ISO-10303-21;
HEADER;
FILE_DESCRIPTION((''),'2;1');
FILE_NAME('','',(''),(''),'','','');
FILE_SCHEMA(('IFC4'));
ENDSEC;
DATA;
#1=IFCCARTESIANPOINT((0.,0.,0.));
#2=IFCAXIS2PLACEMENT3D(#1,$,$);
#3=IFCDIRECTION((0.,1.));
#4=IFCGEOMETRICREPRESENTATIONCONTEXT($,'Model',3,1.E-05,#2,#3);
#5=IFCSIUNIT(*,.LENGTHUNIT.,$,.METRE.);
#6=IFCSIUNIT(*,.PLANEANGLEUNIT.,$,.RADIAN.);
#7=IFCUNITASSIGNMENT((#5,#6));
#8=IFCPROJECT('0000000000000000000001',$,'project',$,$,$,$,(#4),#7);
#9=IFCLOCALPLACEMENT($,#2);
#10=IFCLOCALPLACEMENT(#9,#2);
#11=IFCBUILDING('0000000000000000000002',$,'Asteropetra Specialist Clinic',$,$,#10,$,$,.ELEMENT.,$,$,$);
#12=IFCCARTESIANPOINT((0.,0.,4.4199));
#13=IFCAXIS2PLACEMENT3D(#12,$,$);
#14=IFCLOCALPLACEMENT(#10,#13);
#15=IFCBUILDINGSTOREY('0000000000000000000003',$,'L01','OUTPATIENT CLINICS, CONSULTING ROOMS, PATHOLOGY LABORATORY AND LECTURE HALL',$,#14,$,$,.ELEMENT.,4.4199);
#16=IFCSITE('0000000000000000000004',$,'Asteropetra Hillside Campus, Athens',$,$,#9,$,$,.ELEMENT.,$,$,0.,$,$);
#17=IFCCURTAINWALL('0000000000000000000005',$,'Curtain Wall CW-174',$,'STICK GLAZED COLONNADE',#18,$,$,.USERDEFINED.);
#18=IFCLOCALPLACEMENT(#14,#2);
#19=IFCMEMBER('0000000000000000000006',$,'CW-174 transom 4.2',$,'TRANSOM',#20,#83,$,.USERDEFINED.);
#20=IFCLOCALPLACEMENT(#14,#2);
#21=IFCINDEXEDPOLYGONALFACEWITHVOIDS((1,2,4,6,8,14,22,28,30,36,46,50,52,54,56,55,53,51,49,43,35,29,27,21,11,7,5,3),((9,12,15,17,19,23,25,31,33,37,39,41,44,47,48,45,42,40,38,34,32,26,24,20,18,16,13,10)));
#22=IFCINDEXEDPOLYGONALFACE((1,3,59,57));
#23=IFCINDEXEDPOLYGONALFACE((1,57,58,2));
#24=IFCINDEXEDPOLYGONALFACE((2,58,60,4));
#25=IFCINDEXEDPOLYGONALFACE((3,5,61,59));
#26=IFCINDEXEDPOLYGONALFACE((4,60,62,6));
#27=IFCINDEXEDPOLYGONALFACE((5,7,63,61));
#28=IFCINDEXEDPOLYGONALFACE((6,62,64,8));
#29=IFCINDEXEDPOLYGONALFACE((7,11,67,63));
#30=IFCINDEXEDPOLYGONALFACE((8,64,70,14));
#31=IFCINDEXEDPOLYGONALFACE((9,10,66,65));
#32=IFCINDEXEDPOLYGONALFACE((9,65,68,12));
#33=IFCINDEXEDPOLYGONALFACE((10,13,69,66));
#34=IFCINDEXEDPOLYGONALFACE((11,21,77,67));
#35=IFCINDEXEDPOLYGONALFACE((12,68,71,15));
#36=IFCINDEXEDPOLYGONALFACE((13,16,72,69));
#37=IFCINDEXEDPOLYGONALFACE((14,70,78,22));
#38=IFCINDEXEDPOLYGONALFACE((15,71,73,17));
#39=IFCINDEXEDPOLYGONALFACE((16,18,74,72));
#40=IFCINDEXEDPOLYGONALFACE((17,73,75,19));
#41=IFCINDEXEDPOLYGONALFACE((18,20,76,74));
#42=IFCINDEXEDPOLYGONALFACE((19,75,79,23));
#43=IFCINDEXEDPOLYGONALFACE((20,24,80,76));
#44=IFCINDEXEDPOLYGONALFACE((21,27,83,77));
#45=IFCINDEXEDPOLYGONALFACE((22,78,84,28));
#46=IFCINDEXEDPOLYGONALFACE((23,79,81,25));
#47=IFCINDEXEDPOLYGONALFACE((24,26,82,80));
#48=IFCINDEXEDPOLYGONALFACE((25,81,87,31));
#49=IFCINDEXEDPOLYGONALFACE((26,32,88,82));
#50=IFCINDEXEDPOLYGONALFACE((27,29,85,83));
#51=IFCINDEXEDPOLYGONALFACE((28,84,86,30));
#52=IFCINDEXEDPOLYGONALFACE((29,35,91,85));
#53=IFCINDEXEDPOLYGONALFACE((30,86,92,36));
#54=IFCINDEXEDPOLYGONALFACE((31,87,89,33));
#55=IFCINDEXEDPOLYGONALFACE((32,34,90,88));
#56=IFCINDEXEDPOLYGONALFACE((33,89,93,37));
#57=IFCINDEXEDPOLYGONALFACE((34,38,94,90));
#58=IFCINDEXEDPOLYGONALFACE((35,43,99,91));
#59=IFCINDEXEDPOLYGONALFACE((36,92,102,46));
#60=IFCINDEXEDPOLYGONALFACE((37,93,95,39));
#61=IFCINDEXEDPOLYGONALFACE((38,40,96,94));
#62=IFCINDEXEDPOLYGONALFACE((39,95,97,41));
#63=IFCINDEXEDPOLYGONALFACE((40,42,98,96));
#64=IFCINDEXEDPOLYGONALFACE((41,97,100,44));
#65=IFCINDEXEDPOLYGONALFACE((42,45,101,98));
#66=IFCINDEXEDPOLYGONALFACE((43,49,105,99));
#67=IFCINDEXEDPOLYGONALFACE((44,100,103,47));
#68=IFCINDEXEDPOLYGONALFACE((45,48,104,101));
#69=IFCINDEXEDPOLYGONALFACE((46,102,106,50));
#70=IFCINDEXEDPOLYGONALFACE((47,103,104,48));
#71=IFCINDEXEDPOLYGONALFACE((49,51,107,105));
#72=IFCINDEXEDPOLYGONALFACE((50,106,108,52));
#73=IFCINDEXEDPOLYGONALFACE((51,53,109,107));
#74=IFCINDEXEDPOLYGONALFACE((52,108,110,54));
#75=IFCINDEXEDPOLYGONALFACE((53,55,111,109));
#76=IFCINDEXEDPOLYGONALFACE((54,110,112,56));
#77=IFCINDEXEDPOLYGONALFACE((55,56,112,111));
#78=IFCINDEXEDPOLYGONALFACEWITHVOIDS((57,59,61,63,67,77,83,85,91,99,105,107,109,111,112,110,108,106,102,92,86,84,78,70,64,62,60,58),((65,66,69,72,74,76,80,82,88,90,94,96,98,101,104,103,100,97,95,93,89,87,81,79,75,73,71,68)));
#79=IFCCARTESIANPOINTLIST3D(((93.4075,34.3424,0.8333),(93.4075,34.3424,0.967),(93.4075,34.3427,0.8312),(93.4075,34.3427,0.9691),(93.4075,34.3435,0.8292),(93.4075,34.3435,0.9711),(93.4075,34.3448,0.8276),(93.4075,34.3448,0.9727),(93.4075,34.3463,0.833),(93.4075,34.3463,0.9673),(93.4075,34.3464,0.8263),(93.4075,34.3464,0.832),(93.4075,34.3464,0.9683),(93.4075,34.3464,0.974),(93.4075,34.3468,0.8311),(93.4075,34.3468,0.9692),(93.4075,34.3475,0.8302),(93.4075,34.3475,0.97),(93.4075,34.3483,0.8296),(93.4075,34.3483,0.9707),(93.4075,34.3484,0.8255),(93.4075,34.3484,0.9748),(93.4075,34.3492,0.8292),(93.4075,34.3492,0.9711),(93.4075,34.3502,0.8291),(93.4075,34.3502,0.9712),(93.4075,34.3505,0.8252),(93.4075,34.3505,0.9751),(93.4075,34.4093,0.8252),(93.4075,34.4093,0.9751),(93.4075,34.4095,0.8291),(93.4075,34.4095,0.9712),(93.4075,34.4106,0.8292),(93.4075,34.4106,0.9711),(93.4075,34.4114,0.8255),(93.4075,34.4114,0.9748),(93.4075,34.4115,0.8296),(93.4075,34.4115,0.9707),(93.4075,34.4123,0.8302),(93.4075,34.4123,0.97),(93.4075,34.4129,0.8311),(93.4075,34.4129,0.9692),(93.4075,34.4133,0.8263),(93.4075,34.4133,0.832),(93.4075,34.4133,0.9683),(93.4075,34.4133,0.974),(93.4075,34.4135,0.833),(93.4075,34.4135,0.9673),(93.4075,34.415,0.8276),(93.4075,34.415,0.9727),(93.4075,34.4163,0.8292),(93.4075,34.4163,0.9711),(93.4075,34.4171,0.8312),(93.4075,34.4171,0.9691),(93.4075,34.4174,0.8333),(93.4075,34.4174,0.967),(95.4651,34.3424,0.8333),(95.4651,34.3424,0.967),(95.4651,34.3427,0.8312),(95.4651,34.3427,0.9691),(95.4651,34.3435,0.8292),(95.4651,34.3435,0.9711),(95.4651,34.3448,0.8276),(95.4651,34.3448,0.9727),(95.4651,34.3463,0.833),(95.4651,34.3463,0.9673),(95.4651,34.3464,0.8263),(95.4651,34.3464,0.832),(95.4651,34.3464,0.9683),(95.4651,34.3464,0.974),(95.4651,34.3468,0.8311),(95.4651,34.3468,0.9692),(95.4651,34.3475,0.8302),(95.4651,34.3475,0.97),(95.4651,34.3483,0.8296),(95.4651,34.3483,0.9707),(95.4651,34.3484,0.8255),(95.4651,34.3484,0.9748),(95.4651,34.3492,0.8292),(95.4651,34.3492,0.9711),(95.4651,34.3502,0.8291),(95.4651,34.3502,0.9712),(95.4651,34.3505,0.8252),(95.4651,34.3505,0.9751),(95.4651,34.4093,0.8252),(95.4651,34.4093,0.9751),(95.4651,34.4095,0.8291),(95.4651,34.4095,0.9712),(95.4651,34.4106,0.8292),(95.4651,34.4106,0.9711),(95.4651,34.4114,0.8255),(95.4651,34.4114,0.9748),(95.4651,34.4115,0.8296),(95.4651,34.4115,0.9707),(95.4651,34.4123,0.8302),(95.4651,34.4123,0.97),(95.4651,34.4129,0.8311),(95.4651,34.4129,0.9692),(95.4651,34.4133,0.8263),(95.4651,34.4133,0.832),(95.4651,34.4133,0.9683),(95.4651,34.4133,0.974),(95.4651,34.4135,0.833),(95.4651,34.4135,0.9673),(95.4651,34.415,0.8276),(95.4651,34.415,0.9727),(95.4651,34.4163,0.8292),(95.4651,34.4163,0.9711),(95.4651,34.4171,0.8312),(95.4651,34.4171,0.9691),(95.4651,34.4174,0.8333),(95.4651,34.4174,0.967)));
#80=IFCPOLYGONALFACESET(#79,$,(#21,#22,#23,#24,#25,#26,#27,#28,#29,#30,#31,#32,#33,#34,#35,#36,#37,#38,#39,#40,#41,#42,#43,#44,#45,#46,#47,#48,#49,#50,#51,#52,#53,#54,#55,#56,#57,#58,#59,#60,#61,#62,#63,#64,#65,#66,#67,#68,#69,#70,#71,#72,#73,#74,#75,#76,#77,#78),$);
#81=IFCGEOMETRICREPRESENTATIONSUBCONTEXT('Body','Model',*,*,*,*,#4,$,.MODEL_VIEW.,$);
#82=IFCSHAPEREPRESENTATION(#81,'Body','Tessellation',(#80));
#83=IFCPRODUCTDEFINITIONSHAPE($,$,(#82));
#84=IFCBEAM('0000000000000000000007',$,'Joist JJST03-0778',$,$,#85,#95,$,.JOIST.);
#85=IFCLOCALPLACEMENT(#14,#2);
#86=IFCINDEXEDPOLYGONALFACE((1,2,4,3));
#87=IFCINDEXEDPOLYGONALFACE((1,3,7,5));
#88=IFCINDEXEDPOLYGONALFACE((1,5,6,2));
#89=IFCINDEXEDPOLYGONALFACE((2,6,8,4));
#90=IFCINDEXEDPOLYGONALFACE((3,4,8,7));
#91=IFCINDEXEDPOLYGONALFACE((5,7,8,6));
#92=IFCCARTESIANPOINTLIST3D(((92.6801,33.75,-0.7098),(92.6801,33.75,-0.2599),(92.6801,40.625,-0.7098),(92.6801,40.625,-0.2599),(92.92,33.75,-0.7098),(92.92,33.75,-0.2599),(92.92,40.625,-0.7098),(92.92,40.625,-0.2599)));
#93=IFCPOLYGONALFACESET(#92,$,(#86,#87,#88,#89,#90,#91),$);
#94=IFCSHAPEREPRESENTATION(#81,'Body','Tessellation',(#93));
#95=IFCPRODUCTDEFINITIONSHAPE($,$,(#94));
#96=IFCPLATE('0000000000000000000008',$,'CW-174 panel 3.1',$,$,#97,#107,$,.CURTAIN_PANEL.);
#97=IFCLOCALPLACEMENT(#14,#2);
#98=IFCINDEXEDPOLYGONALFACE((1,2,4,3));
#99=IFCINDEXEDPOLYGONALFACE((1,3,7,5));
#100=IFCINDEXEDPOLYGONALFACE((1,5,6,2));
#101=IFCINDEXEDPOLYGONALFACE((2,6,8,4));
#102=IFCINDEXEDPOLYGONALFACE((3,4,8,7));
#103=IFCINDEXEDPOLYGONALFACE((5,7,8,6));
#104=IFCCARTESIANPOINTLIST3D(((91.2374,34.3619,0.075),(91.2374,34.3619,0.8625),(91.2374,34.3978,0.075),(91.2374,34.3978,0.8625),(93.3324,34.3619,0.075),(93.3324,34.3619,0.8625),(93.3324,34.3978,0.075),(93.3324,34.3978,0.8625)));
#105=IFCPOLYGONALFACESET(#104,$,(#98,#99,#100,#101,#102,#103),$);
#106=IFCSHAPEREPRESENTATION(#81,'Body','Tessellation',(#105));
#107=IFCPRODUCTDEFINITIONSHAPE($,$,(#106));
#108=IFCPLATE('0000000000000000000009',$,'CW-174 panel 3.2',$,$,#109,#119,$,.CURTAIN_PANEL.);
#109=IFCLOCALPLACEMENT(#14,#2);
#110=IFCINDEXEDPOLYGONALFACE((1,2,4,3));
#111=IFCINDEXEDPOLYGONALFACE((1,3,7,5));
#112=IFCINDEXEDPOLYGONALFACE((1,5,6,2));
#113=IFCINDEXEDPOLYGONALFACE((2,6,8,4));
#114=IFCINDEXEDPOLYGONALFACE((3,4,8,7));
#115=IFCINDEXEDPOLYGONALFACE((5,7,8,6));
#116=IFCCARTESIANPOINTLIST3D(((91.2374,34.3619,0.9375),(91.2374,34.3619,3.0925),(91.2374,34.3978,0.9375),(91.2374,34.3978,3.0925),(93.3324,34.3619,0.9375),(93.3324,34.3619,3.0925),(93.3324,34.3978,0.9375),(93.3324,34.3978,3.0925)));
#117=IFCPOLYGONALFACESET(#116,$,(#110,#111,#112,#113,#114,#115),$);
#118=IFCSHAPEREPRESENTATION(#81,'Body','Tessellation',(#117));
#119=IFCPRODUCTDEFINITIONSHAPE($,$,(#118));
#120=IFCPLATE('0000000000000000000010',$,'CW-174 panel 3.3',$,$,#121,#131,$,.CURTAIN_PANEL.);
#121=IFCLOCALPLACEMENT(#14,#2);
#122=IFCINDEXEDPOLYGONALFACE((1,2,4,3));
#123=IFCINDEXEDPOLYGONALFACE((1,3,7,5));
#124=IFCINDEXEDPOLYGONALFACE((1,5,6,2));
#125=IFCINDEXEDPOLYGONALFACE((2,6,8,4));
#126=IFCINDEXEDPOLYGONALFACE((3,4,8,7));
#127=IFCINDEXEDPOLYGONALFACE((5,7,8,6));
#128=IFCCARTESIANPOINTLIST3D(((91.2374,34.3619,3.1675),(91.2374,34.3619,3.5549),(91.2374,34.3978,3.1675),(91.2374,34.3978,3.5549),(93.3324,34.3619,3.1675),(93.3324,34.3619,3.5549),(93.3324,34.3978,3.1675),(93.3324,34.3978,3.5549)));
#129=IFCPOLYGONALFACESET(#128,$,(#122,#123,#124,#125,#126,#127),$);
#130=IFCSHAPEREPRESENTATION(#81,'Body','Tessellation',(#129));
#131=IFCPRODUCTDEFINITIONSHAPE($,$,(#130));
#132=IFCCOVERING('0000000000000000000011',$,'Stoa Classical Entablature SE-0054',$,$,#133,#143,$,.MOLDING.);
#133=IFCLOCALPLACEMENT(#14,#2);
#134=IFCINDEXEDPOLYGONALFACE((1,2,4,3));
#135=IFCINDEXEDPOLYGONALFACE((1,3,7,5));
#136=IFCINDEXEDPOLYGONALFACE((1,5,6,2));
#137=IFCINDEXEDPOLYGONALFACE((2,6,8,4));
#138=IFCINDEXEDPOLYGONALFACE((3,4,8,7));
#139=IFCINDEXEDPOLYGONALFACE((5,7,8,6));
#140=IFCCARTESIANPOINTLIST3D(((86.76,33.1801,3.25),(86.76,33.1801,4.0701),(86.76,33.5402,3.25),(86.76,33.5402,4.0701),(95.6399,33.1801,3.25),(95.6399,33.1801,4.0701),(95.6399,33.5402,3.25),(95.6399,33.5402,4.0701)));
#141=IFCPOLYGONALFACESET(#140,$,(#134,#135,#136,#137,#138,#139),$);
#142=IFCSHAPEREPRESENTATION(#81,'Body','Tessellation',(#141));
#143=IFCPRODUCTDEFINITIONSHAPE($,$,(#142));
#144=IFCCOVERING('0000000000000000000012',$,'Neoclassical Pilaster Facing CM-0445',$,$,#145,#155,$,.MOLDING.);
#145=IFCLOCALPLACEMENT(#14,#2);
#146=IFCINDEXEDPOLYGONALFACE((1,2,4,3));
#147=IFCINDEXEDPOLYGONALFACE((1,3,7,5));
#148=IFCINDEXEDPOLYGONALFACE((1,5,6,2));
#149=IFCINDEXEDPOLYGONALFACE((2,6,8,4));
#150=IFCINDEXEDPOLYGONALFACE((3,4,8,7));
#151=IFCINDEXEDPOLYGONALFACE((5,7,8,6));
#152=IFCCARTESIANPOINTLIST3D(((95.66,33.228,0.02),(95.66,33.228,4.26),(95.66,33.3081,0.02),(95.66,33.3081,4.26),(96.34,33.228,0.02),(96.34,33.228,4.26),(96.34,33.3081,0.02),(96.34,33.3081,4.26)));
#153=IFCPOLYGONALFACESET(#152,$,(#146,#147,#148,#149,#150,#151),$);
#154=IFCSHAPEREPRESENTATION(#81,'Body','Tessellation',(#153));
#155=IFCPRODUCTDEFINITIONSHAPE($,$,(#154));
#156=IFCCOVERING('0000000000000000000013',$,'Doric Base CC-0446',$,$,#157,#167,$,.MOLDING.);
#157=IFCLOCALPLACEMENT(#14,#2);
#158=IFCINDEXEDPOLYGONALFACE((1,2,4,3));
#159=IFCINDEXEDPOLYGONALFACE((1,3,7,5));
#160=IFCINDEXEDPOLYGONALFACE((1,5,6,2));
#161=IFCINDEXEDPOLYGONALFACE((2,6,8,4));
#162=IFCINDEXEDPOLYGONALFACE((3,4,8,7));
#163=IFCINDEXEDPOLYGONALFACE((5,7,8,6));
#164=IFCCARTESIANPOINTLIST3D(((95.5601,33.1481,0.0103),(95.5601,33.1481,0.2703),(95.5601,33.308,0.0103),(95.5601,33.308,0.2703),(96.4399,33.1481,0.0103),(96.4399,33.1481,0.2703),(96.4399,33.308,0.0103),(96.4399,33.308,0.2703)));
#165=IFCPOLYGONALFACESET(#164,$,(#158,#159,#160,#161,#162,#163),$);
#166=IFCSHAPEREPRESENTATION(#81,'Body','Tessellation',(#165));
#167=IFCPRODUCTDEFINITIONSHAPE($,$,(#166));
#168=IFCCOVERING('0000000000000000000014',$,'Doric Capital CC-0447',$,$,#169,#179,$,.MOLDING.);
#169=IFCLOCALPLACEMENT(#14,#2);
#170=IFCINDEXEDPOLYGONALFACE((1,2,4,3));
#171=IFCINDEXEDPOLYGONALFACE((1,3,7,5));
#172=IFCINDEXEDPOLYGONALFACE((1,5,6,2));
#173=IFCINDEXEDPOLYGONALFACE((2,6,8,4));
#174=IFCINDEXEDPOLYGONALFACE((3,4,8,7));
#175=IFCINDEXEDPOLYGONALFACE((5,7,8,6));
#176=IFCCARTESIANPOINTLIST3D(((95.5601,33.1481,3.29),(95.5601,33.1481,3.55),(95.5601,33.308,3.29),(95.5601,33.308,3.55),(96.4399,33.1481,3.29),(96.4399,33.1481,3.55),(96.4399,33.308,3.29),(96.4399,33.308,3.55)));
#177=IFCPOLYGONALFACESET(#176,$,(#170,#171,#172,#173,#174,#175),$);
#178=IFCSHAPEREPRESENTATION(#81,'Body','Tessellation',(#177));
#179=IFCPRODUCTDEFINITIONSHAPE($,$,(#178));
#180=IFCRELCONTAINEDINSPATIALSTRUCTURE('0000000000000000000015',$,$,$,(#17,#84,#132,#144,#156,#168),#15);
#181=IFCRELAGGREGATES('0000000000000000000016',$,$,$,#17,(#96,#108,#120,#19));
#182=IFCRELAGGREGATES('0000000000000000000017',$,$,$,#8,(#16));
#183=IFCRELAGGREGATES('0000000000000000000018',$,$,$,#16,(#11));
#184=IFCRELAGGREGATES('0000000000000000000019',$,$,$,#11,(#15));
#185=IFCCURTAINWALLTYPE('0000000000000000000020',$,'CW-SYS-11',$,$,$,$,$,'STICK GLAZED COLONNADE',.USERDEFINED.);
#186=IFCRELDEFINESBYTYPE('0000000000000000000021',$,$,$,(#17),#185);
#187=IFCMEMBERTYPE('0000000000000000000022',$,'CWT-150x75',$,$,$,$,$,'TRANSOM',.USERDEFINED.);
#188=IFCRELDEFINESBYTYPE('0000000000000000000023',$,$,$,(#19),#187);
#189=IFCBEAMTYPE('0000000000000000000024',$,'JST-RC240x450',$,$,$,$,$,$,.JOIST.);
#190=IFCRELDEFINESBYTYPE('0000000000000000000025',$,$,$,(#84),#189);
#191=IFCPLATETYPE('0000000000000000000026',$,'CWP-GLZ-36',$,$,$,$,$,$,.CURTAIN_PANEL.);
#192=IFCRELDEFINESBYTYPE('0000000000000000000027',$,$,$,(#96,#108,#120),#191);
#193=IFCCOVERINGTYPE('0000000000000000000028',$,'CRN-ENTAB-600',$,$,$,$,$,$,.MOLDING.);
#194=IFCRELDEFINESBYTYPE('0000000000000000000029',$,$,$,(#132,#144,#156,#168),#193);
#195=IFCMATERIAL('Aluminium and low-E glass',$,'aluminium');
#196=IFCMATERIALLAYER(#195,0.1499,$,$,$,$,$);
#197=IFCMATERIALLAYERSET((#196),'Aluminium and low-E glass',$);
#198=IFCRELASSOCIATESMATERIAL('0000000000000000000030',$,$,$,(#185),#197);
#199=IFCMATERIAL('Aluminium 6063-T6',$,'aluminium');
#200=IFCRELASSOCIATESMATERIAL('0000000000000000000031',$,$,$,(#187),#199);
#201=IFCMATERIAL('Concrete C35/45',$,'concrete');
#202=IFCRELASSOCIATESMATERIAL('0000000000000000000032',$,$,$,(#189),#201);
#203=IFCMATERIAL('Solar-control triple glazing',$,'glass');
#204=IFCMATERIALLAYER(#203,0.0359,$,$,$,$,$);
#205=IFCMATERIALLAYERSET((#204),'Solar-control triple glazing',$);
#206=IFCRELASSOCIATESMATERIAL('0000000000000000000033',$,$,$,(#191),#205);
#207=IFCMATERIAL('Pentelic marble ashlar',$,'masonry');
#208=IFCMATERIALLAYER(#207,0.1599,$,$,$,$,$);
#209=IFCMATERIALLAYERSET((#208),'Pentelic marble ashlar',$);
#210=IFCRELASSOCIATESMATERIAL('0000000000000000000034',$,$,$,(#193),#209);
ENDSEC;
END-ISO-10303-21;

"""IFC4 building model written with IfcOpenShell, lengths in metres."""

from ifc_helpers import new_model, si_unit, direction, frame, origin, origin_2d, place, context, subcontext, project, spatial, rectangle, hollow_rectangle, extrude, material, layer, layer_set, material_profile, profile_set, type_object, element, aggregate, save


model = new_model("IFC4")

# Units and contexts
model_context = context("Model", 3, precision=1e-05, world=origin(), true_north=direction((0.0, 1.0)))
body_context = subcontext(model_context, "Body", "Model", "MODEL_VIEW")
ifc_project = project(units=[si_unit("LENGTHUNIT", "METRE"), si_unit("PLANEANGLEUNIT", "RADIAN")], contexts=[model_context])

# Site, building, storey
site_placement = place(None, origin())
site = spatial("IfcSite", under=ifc_project, at=site_placement, Name="Asteropetra Hillside Campus, Athens", CompositionType="ELEMENT", RefElevation=0.0)
building_placement = place(site_placement, origin())
building = spatial("IfcBuilding", under=site, at=building_placement, Name="Asteropetra Specialist Clinic", CompositionType="ELEMENT")
storey_placement = place(building_placement, frame((0.0, 0.0, 4.4199)))
storey = spatial("IfcBuildingStorey", under=building, at=storey_placement, Name="L01", Description="OUTPATIENT CLINICS, CONSULTING ROOMS, PATHOLOGY LABORATORY AND LECTURE HALL", CompositionType="ELEMENT", Elevation=4.4199)

# Shared definitions
ifc_material_1 = material(Name="Aluminium and low-E glass", Category="aluminium")
ifc_layer_1 = layer(ifc_material_1, 0.1499)
ifc_layer_set_1 = layer_set([ifc_layer_1], Name="Aluminium and low-E glass")
curtain_wall_type = type_object("IfcCurtainWallType", Name="CW-SYS-11", ElementType="STICK GLAZED COLONNADE", PredefinedType="USERDEFINED", material=ifc_layer_set_1)

# Curtain wall
curtain_wall_1_placement = place(storey_placement, origin())
curtain_wall_1 = element("IfcCurtainWall", 1, at=curtain_wall_1_placement, inside=storey, type_object=curtain_wall_type, Name="Curtain Wall CW-174", ObjectType="STICK GLAZED COLONNADE", PredefinedType="USERDEFINED")

# Member
ifc_material_2 = material(Name="Aluminium 6063-T6", Category="aluminium")
ifc_material_profile_1 = material_profile(ifc_material_2, hollow_rectangle(XDim=0.075, YDim=0.1499, WallThickness=0.0039, InnerFilletRadius=0.0039, OuterFilletRadius=0.0081, at=origin_2d()), Name="TRN 150x75x4.0")
ifc_profile_set_1 = profile_set([ifc_material_profile_1], Name="Aluminium 6063-T6")
member_type_1 = type_object("IfcMemberType", Name="CWT-150x75", ElementType="TRANSOM", PredefinedType="USERDEFINED", material=ifc_profile_set_1)
member_1_placement = place(storey_placement, frame((93.4075, 34.3799, 0.9001), z_axis=(1.0, 0.0, 0.0), x_axis=(0.0, 1.0, 0.0)))
member_1 = element("IfcMember", 2, at=member_1_placement, type_object=member_type_1, Name="CW-174 transom 4.2", ObjectType="TRANSOM", PredefinedType="USERDEFINED", context=body_context, shape_type="SweptSolid", body=[
    extrude(hollow_rectangle(XDim=0.075, YDim=0.1499, WallThickness=0.0039, InnerFilletRadius=0.0039, OuterFilletRadius=0.0081, at=origin_2d()), origin(), (0.0, 0.0, 1.0), 2.0576),
])

# Beam
ifc_material_3 = material(Name="Concrete C35/45", Category="concrete")
ifc_material_profile_2 = material_profile(ifc_material_3, rectangle(XDim=0.24, YDim=0.45, at=origin_2d()), Name="RCJ 240x450")
ifc_profile_set_2 = profile_set([ifc_material_profile_2], Name="Concrete C35/45")
beam_type = type_object("IfcBeamType", Name="JST-RC240x450", PredefinedType="JOIST", material=ifc_profile_set_2)
beam_placement = place(storey_placement, frame((92.8, 33.75, -0.4849), z_axis=(0.0, 1.0, 0.0), x_axis=(-1.0, 0.0, 0.0)))
element("IfcBeam", 3, at=beam_placement, inside=storey, type_object=beam_type, Name="Joist JJST03-0778", PredefinedType="JOIST", context=body_context, shape_type="SweptSolid", body=[
    extrude(rectangle(XDim=0.24, YDim=0.45, at=origin_2d()), origin(), (0.0, 0.0, 1.0), 6.875),
])

# Plates
ifc_material_4 = material(Name="Solar-control triple glazing", Category="glass")
ifc_layer_2 = layer(ifc_material_4, 0.0359)
ifc_layer_set_2 = layer_set([ifc_layer_2], Name="Solar-control triple glazing")
plate_type = type_object("IfcPlateType", Name="CWP-GLZ-36", PredefinedType="CURTAIN_PANEL", material=ifc_layer_set_2)
plate_1_placement = place(storey_placement, frame((92.2849, 34.3799, 0.075), z_axis=(0.0, 0.0, 1.0), x_axis=(1.0, 0.0, 0.0)))
plate_1 = element("IfcPlate", 4, at=plate_1_placement, type_object=plate_type, Name="CW-174 panel 3.1", PredefinedType="CURTAIN_PANEL", context=body_context, shape_type="SweptSolid", body=[
    extrude(rectangle(XDim=2.095, YDim=0.0359, at=origin_2d()), origin(), (0.0, 0.0, 1.0), 0.7876),
])
plate_2_placement = place(storey_placement, frame((92.2849, 34.3799, 0.9375), z_axis=(0.0, 0.0, 1.0), x_axis=(1.0, 0.0, 0.0)))
plate_2 = element("IfcPlate", 5, at=plate_2_placement, type_object=plate_type, Name="CW-174 panel 3.2", PredefinedType="CURTAIN_PANEL", context=body_context, shape_type="SweptSolid", body=[
    extrude(rectangle(XDim=2.095, YDim=0.0359, at=origin_2d()), origin(), (0.0, 0.0, 1.0), 2.155),
])
plate_3_placement = place(storey_placement, frame((92.2849, 34.3799, 3.1675), z_axis=(0.0, 0.0, 1.0), x_axis=(1.0, 0.0, 0.0)))
plate_3 = element("IfcPlate", 6, at=plate_3_placement, type_object=plate_type, Name="CW-174 panel 3.3", PredefinedType="CURTAIN_PANEL", context=body_context, shape_type="SweptSolid", body=[
    extrude(rectangle(XDim=2.095, YDim=0.0359, at=origin_2d()), origin(), (0.0, 0.0, 1.0), 0.3875),
])
aggregate(curtain_wall_1, [plate_1, plate_2, plate_3, member_1])

# Coverings
ifc_material_5 = material(Name="Pentelic marble ashlar", Category="masonry")
ifc_layer_3 = layer(ifc_material_5, 0.1599)
ifc_layer_set_3 = layer_set([ifc_layer_3], Name="Pentelic marble ashlar")
covering_type = type_object("IfcCoveringType", Name="CRN-ENTAB-600", PredefinedType="MOLDING", material=ifc_layer_set_3)
covering_1_placement = place(storey_placement, frame((91.2, 33.3601, 3.25), z_axis=(0.0, 0.0, 1.0), x_axis=(1.0, 0.0, 0.0)))
element("IfcCovering", 7, at=covering_1_placement, inside=storey, type_object=covering_type, Name="Stoa Classical Entablature SE-0054", PredefinedType="MOLDING", context=body_context, shape_type="SweptSolid", body=[
    extrude(rectangle(XDim=8.8799, YDim=0.3601, at=origin_2d()), origin(), (0.0, 0.0, 1.0), 0.8201),
])
covering_2_placement = place(storey_placement, frame((96.0, 33.2681, 0.02), z_axis=(0.0, 0.0, 1.0), x_axis=(1.0, 0.0, 0.0)))
element("IfcCovering", 8, at=covering_2_placement, inside=storey, type_object=covering_type, Name="Neoclassical Pilaster Facing CM-0445", PredefinedType="MOLDING", context=body_context, shape_type="SweptSolid", body=[
    extrude(rectangle(XDim=0.6799, YDim=0.0801, at=origin_2d()), origin(), (0.0, 0.0, 1.0), 4.24),
])
for number, where, z_axis, x_axis, name in (
    (9, (96.0, 33.228, 0.0103), (0.0, 0.0, 1.0), (1.0, 0.0, 0.0), "Doric Base CC-0446"),
    (10, (96.0, 33.228, 3.29), (0.0, 0.0, 1.0), (1.0, 0.0, 0.0), "Doric Capital CC-0447"),
):
    element("IfcCovering", number, at=place(storey_placement, frame(where, z_axis=z_axis, x_axis=x_axis)), inside=storey, type_object=covering_type, Name=name, PredefinedType="MOLDING", context=body_context, shape_type="SweptSolid", body=[
        extrude(rectangle(XDim=0.8799, YDim=0.1599, at=origin_2d()), origin(), (0.0, 0.0, 1.0), 0.26),
    ])

save(model, "model.ifc")
